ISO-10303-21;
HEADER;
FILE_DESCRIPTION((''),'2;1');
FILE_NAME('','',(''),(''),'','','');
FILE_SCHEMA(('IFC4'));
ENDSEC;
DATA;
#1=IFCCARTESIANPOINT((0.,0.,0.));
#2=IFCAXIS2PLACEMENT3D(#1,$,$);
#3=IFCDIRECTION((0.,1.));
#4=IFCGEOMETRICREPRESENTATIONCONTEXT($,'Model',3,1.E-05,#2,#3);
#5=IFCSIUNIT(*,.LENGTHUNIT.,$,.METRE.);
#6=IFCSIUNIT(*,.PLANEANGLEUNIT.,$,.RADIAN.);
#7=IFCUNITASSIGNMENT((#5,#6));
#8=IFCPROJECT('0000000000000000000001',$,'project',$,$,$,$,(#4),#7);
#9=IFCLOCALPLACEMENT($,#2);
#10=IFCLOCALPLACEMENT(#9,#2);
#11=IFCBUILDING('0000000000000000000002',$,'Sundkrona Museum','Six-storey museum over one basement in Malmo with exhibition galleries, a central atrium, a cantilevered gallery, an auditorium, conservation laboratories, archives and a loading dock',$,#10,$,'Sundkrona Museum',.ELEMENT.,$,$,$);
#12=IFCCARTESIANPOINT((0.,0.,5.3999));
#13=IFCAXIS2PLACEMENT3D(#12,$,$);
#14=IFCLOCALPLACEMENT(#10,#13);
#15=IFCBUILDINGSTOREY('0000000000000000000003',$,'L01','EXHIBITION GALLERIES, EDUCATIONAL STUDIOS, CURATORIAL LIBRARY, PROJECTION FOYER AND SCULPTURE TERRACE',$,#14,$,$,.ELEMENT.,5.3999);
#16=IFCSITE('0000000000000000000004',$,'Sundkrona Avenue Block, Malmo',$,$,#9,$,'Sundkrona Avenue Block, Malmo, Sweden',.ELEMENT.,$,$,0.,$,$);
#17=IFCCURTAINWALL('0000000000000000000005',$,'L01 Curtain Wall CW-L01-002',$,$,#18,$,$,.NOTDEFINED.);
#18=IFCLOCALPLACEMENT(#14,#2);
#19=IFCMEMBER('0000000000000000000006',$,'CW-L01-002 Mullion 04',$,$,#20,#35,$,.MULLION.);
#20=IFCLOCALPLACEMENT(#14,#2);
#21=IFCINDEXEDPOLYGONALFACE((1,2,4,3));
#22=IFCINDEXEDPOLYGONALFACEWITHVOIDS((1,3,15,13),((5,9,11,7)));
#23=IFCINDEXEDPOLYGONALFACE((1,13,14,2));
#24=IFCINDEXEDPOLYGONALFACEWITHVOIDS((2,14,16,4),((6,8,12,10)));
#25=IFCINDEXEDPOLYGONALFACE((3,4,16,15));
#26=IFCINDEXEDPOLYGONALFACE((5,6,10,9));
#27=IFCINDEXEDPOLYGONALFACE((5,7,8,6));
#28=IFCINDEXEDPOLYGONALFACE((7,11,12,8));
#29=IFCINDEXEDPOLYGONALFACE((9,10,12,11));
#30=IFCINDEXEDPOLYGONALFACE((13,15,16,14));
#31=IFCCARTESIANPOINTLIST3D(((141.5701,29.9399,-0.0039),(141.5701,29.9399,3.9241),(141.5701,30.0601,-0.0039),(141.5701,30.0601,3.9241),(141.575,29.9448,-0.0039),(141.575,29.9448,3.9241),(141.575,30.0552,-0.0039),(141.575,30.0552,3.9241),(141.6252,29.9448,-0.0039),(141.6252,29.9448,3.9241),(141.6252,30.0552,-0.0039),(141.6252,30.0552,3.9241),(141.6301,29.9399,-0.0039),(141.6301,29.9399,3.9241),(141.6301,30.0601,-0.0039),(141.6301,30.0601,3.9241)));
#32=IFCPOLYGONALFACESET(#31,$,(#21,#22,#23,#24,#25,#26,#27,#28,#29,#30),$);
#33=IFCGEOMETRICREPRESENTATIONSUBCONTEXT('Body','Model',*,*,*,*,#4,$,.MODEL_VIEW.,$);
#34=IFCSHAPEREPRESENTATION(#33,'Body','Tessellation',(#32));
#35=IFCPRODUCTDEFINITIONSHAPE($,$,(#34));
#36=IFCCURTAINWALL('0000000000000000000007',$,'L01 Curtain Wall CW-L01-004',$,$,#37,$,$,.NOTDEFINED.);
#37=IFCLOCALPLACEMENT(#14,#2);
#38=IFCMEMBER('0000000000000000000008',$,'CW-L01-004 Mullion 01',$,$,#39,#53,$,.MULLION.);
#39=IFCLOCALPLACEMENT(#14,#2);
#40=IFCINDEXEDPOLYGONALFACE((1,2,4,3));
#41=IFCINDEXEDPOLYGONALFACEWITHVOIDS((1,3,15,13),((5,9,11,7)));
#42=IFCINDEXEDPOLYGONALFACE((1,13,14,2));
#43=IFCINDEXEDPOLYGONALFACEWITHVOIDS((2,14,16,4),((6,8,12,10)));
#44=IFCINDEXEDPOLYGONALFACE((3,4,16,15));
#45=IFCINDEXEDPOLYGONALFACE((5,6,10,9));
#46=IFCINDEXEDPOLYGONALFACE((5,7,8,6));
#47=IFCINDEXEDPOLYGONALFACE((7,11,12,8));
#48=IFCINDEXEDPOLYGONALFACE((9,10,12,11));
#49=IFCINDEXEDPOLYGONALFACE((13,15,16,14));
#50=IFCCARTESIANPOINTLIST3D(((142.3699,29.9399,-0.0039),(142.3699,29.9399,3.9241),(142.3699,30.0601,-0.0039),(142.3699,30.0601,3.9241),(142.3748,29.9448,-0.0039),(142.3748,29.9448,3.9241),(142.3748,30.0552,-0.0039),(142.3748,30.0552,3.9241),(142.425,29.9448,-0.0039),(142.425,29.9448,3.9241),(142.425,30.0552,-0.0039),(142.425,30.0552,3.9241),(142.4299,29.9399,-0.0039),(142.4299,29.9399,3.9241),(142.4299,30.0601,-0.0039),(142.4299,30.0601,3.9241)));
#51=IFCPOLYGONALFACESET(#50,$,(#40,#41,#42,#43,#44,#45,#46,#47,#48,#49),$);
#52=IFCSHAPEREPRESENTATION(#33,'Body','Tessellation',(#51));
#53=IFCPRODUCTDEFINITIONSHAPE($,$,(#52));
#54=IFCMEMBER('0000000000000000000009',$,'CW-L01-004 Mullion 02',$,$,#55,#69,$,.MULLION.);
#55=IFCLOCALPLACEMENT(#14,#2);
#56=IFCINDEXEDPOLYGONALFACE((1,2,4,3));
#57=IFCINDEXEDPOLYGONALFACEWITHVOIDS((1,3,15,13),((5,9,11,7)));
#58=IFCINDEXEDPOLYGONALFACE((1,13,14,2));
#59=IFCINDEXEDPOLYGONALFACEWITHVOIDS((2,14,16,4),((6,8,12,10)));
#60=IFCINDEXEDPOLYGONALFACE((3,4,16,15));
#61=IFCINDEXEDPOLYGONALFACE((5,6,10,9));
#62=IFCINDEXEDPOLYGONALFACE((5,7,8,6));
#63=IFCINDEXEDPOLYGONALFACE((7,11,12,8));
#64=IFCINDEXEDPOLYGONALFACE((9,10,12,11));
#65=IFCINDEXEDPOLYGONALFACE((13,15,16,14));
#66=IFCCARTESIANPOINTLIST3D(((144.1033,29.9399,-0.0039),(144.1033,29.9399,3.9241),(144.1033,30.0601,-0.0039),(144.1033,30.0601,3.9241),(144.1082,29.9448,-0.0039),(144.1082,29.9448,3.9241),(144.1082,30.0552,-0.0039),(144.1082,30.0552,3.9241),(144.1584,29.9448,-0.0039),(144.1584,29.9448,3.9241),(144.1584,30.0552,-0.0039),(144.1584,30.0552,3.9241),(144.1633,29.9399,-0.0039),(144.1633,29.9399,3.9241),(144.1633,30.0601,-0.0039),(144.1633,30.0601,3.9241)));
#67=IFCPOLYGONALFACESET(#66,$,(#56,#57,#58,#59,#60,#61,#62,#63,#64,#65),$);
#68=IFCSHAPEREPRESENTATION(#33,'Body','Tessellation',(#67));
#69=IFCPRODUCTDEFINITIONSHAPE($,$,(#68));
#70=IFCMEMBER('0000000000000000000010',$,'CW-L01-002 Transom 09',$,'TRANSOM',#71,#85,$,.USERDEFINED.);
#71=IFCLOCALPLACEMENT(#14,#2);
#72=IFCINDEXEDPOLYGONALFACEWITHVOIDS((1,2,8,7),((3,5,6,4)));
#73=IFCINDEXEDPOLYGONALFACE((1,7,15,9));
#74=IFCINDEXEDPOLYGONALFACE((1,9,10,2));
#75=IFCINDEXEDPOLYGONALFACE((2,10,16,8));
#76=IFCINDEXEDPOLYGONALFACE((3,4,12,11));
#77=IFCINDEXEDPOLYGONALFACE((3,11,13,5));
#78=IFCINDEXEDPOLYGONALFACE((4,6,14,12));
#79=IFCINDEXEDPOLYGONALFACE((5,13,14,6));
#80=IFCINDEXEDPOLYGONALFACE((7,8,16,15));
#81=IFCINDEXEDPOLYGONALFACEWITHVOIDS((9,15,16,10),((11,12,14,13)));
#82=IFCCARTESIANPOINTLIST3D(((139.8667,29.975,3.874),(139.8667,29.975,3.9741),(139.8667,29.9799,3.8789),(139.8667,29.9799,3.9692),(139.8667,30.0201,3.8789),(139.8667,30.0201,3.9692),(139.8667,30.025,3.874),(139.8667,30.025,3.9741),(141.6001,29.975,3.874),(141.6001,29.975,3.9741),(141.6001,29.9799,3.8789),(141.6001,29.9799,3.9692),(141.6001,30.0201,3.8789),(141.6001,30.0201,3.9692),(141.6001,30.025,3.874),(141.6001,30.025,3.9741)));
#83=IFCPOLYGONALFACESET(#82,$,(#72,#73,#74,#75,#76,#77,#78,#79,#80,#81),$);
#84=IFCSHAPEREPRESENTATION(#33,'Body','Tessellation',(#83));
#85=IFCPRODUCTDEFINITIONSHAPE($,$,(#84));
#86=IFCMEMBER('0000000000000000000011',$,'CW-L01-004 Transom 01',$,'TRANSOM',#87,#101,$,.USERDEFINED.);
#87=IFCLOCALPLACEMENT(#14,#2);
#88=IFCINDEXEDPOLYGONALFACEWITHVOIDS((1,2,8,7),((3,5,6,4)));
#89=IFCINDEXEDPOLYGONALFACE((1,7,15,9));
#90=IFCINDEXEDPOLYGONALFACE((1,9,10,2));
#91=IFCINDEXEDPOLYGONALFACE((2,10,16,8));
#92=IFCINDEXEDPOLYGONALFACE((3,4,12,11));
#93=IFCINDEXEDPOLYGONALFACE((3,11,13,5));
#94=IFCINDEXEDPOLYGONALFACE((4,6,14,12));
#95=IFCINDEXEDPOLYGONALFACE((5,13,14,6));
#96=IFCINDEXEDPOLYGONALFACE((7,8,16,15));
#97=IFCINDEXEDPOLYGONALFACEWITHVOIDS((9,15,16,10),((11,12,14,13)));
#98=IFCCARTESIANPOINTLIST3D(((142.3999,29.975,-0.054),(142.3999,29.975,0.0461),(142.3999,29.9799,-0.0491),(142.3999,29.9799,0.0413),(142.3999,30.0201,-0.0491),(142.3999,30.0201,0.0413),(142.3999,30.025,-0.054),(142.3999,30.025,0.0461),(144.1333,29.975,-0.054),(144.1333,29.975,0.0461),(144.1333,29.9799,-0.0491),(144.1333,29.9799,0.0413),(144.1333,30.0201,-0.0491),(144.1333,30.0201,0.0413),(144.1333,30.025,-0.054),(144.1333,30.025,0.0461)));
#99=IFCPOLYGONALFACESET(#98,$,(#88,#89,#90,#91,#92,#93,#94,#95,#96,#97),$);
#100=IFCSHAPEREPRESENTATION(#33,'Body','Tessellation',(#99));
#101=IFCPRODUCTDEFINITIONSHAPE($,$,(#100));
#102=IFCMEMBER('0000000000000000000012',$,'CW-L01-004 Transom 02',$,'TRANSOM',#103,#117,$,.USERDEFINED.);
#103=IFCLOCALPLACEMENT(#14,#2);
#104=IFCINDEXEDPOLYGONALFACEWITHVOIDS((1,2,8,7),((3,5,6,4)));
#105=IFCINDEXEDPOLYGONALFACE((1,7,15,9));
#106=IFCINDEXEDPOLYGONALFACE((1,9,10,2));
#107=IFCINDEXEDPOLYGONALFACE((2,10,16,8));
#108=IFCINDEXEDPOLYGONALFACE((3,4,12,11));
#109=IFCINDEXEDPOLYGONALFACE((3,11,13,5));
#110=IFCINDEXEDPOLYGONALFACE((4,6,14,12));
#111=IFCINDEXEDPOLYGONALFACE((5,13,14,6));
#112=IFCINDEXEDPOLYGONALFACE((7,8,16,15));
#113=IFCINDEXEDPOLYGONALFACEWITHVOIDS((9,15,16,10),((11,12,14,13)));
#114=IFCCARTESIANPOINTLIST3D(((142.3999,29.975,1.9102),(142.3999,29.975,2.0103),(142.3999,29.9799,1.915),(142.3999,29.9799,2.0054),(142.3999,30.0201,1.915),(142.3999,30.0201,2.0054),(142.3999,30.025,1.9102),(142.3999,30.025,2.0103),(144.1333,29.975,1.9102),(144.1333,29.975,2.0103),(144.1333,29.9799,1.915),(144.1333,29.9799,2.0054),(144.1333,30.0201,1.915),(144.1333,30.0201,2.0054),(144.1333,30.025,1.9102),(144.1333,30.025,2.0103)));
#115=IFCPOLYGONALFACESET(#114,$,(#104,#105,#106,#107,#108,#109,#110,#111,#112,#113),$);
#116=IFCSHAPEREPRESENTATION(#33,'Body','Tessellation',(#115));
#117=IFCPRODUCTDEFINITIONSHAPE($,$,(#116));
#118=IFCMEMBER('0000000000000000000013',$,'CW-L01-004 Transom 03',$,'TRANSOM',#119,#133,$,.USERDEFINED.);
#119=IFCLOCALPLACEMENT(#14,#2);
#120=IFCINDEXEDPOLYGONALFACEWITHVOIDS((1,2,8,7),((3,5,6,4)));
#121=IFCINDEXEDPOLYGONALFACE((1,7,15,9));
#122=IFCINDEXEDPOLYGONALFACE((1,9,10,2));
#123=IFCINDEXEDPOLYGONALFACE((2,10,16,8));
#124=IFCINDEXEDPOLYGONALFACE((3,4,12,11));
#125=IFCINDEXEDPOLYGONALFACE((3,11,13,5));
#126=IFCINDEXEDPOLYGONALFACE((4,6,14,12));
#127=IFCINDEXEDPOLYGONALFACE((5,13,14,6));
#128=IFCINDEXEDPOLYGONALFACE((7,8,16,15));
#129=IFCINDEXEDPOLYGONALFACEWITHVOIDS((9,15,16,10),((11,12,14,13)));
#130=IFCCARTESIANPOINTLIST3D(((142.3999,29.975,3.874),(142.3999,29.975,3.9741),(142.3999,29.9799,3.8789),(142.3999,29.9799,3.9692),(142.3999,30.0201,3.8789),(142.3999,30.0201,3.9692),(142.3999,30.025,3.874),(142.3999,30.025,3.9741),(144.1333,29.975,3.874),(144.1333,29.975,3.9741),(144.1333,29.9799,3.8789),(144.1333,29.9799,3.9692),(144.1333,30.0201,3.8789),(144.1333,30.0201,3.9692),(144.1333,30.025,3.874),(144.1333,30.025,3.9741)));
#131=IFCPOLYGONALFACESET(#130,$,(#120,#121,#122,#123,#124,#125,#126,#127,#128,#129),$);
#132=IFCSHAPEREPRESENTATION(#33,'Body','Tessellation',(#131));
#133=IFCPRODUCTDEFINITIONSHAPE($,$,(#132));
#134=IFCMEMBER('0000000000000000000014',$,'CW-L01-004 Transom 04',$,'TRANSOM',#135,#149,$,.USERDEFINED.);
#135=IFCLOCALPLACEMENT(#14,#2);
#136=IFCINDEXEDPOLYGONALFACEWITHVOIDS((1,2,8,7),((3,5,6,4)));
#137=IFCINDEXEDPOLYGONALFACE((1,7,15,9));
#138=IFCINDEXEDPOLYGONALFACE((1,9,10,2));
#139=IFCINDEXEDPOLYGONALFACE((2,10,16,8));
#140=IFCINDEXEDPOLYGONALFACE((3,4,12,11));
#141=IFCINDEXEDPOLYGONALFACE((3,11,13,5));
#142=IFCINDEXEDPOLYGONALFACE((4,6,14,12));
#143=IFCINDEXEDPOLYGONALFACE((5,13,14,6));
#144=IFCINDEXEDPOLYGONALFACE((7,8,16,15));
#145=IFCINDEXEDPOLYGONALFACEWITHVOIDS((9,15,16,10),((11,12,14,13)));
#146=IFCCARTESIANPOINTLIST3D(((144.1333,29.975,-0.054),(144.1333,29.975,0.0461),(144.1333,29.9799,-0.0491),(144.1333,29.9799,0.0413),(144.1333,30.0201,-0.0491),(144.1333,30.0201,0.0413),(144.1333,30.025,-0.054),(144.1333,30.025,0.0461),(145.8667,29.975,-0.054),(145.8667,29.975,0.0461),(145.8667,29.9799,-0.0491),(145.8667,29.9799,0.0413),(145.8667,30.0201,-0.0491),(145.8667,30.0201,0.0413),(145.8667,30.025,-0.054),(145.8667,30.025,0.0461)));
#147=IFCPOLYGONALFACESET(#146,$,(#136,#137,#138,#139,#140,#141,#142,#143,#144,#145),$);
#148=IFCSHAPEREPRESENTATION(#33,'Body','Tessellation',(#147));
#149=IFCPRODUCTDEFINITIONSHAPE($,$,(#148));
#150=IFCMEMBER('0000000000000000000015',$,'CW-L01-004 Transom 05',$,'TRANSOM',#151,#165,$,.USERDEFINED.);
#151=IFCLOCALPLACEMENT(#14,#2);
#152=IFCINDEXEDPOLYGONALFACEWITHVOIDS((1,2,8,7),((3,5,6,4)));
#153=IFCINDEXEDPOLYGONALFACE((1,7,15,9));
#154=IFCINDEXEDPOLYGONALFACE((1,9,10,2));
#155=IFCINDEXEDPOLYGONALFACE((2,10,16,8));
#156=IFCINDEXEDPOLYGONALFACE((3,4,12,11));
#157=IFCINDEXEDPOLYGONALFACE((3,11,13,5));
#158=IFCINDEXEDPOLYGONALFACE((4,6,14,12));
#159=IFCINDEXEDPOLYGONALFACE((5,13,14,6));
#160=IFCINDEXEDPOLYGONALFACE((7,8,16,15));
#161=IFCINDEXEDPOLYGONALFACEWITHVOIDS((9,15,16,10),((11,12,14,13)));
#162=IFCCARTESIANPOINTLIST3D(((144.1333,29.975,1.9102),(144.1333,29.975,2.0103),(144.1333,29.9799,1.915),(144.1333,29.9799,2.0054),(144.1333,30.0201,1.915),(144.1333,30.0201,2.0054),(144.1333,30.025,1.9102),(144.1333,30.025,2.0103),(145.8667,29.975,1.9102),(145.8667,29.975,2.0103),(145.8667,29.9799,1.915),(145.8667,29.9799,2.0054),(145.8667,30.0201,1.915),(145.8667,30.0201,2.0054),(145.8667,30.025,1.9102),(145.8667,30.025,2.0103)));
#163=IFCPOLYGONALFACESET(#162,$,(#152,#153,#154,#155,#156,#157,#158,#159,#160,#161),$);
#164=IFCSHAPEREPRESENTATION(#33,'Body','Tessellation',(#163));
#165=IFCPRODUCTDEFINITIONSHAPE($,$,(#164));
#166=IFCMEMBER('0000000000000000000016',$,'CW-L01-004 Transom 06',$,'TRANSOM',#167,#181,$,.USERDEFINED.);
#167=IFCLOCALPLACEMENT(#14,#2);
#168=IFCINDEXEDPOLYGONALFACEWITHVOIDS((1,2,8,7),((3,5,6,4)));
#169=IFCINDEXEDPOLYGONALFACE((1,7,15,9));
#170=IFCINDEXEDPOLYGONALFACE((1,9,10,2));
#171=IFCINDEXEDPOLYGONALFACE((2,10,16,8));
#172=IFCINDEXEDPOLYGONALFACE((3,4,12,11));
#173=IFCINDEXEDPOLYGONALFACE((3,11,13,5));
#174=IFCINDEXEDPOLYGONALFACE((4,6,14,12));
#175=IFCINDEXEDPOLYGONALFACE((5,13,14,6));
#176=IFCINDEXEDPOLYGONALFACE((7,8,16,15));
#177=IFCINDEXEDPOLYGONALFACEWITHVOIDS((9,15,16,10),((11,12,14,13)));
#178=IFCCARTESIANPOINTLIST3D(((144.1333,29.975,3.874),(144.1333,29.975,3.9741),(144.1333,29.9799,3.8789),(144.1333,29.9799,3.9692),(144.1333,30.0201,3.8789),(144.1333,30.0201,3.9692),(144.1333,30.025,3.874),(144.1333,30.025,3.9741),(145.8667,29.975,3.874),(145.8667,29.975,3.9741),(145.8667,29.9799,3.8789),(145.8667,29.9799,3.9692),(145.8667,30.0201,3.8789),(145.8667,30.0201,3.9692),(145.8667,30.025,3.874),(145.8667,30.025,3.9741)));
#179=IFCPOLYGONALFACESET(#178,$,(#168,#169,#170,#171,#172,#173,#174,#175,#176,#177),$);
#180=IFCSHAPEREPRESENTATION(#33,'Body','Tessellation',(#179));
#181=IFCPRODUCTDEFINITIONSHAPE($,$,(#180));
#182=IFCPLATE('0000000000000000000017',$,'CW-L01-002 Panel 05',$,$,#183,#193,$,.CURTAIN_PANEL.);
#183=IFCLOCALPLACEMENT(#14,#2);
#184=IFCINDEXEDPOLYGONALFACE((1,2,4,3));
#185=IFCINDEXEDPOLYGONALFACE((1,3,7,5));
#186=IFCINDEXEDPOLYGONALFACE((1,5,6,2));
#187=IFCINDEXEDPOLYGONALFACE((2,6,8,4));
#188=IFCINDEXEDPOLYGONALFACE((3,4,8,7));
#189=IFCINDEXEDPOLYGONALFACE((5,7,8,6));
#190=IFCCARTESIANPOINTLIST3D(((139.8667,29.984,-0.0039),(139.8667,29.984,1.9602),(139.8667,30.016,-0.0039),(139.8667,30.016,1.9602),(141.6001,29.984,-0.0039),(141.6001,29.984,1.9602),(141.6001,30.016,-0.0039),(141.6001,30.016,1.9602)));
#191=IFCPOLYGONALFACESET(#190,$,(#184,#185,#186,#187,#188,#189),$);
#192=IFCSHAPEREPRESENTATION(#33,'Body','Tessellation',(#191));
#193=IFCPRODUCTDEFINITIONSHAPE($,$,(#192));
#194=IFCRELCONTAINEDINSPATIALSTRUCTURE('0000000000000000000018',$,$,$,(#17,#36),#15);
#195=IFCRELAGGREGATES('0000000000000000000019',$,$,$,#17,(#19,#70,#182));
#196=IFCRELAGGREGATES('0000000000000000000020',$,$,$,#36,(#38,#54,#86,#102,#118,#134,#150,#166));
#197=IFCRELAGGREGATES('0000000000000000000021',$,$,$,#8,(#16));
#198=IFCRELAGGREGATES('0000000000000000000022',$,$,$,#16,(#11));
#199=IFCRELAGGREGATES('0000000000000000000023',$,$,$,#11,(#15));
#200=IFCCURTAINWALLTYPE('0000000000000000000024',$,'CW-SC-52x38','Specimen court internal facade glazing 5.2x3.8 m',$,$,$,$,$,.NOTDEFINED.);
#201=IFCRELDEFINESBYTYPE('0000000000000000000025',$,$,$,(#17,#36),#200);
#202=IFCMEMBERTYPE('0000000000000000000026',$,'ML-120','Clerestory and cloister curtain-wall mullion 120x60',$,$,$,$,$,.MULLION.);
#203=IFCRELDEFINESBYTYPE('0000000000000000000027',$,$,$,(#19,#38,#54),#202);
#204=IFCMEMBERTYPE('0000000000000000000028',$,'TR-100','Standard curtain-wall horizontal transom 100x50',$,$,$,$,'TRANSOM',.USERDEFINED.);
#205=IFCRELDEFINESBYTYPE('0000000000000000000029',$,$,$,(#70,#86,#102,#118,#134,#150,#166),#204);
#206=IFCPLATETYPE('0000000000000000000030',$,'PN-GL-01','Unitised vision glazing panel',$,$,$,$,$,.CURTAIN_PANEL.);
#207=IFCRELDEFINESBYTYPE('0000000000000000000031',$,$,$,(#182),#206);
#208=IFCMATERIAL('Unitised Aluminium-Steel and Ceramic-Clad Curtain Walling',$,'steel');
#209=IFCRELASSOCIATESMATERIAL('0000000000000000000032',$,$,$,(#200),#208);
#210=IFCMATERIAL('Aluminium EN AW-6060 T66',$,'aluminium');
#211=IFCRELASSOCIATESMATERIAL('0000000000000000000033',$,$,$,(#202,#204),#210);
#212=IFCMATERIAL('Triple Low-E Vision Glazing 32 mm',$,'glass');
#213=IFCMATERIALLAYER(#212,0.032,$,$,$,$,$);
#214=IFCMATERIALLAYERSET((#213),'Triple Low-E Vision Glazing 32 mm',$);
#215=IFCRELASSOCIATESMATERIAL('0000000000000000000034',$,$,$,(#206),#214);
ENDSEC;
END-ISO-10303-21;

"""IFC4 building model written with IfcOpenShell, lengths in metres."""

from ifc_helpers import new_model, si_unit, direction, frame, origin, origin_2d, place, context, subcontext, project, spatial, rectangle, hollow_rectangle, extrude, material, layer, layer_set, material_profile, profile_set, type_object, element, aggregate, save


model = new_model("IFC4")

# Units and contexts
model_context = context("Model", 3, precision=1e-05, world=origin(), true_north=direction((0.0, 1.0)))
body_context = subcontext(model_context, "Body", "Model", "MODEL_VIEW")
ifc_project = project(units=[si_unit("LENGTHUNIT", "METRE"), si_unit("PLANEANGLEUNIT", "RADIAN")], contexts=[model_context])

# Site, building, storey
site_placement = place(None, origin())
site = spatial("IfcSite", under=ifc_project, at=site_placement, Name="Sundkrona Avenue Block, Malmo", LongName="Sundkrona Avenue Block, Malmo, Sweden", CompositionType="ELEMENT", RefElevation=0.0)
building_placement = place(site_placement, origin())
building = spatial("IfcBuilding", under=site, at=building_placement, Name="Sundkrona Museum", Description="Six-storey museum over one basement in Malmo with exhibition galleries, a central atrium, a cantilevered gallery, an auditorium, conservation laboratories, archives and a loading dock", LongName="Sundkrona Museum", CompositionType="ELEMENT")
storey_placement = place(building_placement, frame((0.0, 0.0, 5.3999)))
storey = spatial("IfcBuildingStorey", under=building, at=storey_placement, Name="L01", Description="EXHIBITION GALLERIES, EDUCATIONAL STUDIOS, CURATORIAL LIBRARY, PROJECTION FOYER AND SCULPTURE TERRACE", CompositionType="ELEMENT", Elevation=5.3999)

# Curtain wall, member
ifc_material_1 = material(Name="Unitised Aluminium-Steel and Ceramic-Clad Curtain Walling", Category="steel")
curtain_wall_type = type_object("IfcCurtainWallType", Name="CW-SC-52x38", Description="Specimen court internal facade glazing 5.2x3.8 m", PredefinedType="NOTDEFINED", material=ifc_material_1)
curtain_wall_1_placement = place(storey_placement, origin())
curtain_wall_1 = element("IfcCurtainWall", 1, at=curtain_wall_1_placement, inside=storey, type_object=curtain_wall_type, Name="L01 Curtain Wall CW-L01-002", PredefinedType="NOTDEFINED")
ifc_material_2 = material(Name="Aluminium EN AW-6060 T66", Category="aluminium")
ifc_material_profile_1 = material_profile(ifc_material_2, hollow_rectangle(XDim=0.0601, YDim=0.1201, WallThickness=0.0049, at=origin_2d()), Name="RHS 120x60x5.0")
ifc_profile_set_1 = profile_set([ifc_material_profile_1], Name="Aluminium EN AW-6060 T66")
member_type_1 = type_object("IfcMemberType", Name="ML-120", Description="Clerestory and cloister curtain-wall mullion 120x60", PredefinedType="MULLION", material=ifc_profile_set_1)
member_1_placement = place(storey_placement, frame((141.6001, 30.0, -0.0039), z_axis=(0.0, 0.0, 1.0), x_axis=(1.0, 0.0, 0.0)))
member_1 = element("IfcMember", 2, at=member_1_placement, type_object=member_type_1, Name="CW-L01-002 Mullion 04", PredefinedType="MULLION", context=body_context, shape_type="SweptSolid", body=[
    extrude(hollow_rectangle(XDim=0.0601, YDim=0.1201, WallThickness=0.0049, at=origin_2d()), origin(), (0.0, 0.0, 1.0), 3.928),
])

# Curtain wall, members
curtain_wall_2_placement = place(storey_placement, origin())
curtain_wall_2 = element("IfcCurtainWall", 3, at=curtain_wall_2_placement, inside=storey, type_object=curtain_wall_type, Name="L01 Curtain Wall CW-L01-004", PredefinedType="NOTDEFINED")
member_2_placement = place(storey_placement, frame((142.3999, 30.0, -0.0039), z_axis=(0.0, 0.0, 1.0), x_axis=(1.0, 0.0, 0.0)))
member_2 = element("IfcMember", 4, at=member_2_placement, type_object=member_type_1, Name="CW-L01-004 Mullion 01", PredefinedType="MULLION", context=body_context, shape_type="SweptSolid", body=[
    extrude(hollow_rectangle(XDim=0.0601, YDim=0.1201, WallThickness=0.0049, at=origin_2d()), origin(), (0.0, 0.0, 1.0), 3.928),
])
member_3_placement = place(storey_placement, frame((144.1333, 30.0, -0.0039), z_axis=(0.0, 0.0, 1.0), x_axis=(1.0, 0.0, 0.0)))
member_3 = element("IfcMember", 5, at=member_3_placement, type_object=member_type_1, Name="CW-L01-004 Mullion 02", PredefinedType="MULLION", context=body_context, shape_type="SweptSolid", body=[
    extrude(hollow_rectangle(XDim=0.0601, YDim=0.1201, WallThickness=0.0049, at=origin_2d()), origin(), (0.0, 0.0, 1.0), 3.928),
])

# Members
ifc_material_profile_2 = material_profile(ifc_material_2, hollow_rectangle(XDim=0.05, YDim=0.1001, WallThickness=0.0049, at=origin_2d()), Name="RHS 100x50x5.0")
ifc_profile_set_2 = profile_set([ifc_material_profile_2], Name="Aluminium EN AW-6060 T66")
member_type_2 = type_object("IfcMemberType", Name="TR-100", Description="Standard curtain-wall horizontal transom 100x50", ElementType="TRANSOM", PredefinedType="USERDEFINED", material=ifc_profile_set_2)
member_4_placement = place(storey_placement, frame((139.8667, 30.0, 3.9241), z_axis=(1.0, 0.0, 0.0), x_axis=(0.0, 1.0, 0.0)))
member_4 = element("IfcMember", 6, at=member_4_placement, type_object=member_type_2, Name="CW-L01-002 Transom 09", ObjectType="TRANSOM", PredefinedType="USERDEFINED", context=body_context, shape_type="SweptSolid", body=[
    extrude(hollow_rectangle(XDim=0.05, YDim=0.1001, WallThickness=0.0049, at=origin_2d()), origin(), (0.0, 0.0, 1.0), 1.7334),
])
member_5_placement = place(storey_placement, frame((142.3999, 30.0, -0.0039), z_axis=(1.0, 0.0, 0.0), x_axis=(0.0, 1.0, 0.0)))
member_5 = element("IfcMember", 7, at=member_5_placement, type_object=member_type_2, Name="CW-L01-004 Transom 01", ObjectType="TRANSOM", PredefinedType="USERDEFINED", context=body_context, shape_type="SweptSolid", body=[
    extrude(hollow_rectangle(XDim=0.05, YDim=0.1001, WallThickness=0.0049, at=origin_2d()), origin(), (0.0, 0.0, 1.0), 1.7334),
])
member_6_placement = place(storey_placement, frame((142.3999, 30.0, 1.9602), z_axis=(1.0, 0.0, 0.0), x_axis=(0.0, 1.0, 0.0)))
member_6 = element("IfcMember", 8, at=member_6_placement, type_object=member_type_2, Name="CW-L01-004 Transom 02", ObjectType="TRANSOM", PredefinedType="USERDEFINED", context=body_context, shape_type="SweptSolid", body=[
    extrude(hollow_rectangle(XDim=0.05, YDim=0.1001, WallThickness=0.0049, at=origin_2d()), origin(), (0.0, 0.0, 1.0), 1.7334),
])
member_7_placement = place(storey_placement, frame((142.3999, 30.0, 3.9241), z_axis=(1.0, 0.0, 0.0), x_axis=(0.0, 1.0, 0.0)))
member_7 = element("IfcMember", 9, at=member_7_placement, type_object=member_type_2, Name="CW-L01-004 Transom 03", ObjectType="TRANSOM", PredefinedType="USERDEFINED", context=body_context, shape_type="SweptSolid", body=[
    extrude(hollow_rectangle(XDim=0.05, YDim=0.1001, WallThickness=0.0049, at=origin_2d()), origin(), (0.0, 0.0, 1.0), 1.7334),
])
member_8_placement = place(storey_placement, frame((144.1333, 30.0, -0.0039), z_axis=(1.0, 0.0, 0.0), x_axis=(0.0, 1.0, 0.0)))
member_8 = element("IfcMember", 10, at=member_8_placement, type_object=member_type_2, Name="CW-L01-004 Transom 04", ObjectType="TRANSOM", PredefinedType="USERDEFINED", context=body_context, shape_type="SweptSolid", body=[
    extrude(hollow_rectangle(XDim=0.05, YDim=0.1001, WallThickness=0.0049, at=origin_2d()), origin(), (0.0, 0.0, 1.0), 1.7334),
])
member_9_placement = place(storey_placement, frame((144.1333, 30.0, 1.9602), z_axis=(1.0, 0.0, 0.0), x_axis=(0.0, 1.0, 0.0)))
member_9 = element("IfcMember", 11, at=member_9_placement, type_object=member_type_2, Name="CW-L01-004 Transom 05", ObjectType="TRANSOM", PredefinedType="USERDEFINED", context=body_context, shape_type="SweptSolid", body=[
    extrude(hollow_rectangle(XDim=0.05, YDim=0.1001, WallThickness=0.0049, at=origin_2d()), origin(), (0.0, 0.0, 1.0), 1.7334),
])
member_10_placement = place(storey_placement, frame((144.1333, 30.0, 3.9241), z_axis=(1.0, 0.0, 0.0), x_axis=(0.0, 1.0, 0.0)))
member_10 = element("IfcMember", 12, at=member_10_placement, type_object=member_type_2, Name="CW-L01-004 Transom 06", ObjectType="TRANSOM", PredefinedType="USERDEFINED", context=body_context, shape_type="SweptSolid", body=[
    extrude(hollow_rectangle(XDim=0.05, YDim=0.1001, WallThickness=0.0049, at=origin_2d()), origin(), (0.0, 0.0, 1.0), 1.7334),
])

# Plate
ifc_material_3 = material(Name="Triple Low-E Vision Glazing 32 mm", Category="glass")
ifc_layer_1 = layer(ifc_material_3, 0.032)
ifc_layer_set_1 = layer_set([ifc_layer_1], Name="Triple Low-E Vision Glazing 32 mm")
plate_type = type_object("IfcPlateType", Name="PN-GL-01", Description="Unitised vision glazing panel", PredefinedType="CURTAIN_PANEL", material=ifc_layer_set_1)
plate_1_placement = place(storey_placement, frame((140.7334, 30.0, -0.0039), z_axis=(0.0, 0.0, 1.0), x_axis=(1.0, 0.0, 0.0)))
plate_1 = element("IfcPlate", 13, at=plate_1_placement, type_object=plate_type, Name="CW-L01-002 Panel 05", PredefinedType="CURTAIN_PANEL", context=body_context, shape_type="SweptSolid", body=[
    extrude(rectangle(XDim=1.7334, YDim=0.032, at=origin_2d()), origin(), (0.0, 0.0, 1.0), 1.9641),
])
aggregate(curtain_wall_1, [member_1, member_4, plate_1])
aggregate(curtain_wall_2, [member_2, member_3, member_5, member_6, member_7, member_8, member_9, member_10])

save(model, "model.ifc")
